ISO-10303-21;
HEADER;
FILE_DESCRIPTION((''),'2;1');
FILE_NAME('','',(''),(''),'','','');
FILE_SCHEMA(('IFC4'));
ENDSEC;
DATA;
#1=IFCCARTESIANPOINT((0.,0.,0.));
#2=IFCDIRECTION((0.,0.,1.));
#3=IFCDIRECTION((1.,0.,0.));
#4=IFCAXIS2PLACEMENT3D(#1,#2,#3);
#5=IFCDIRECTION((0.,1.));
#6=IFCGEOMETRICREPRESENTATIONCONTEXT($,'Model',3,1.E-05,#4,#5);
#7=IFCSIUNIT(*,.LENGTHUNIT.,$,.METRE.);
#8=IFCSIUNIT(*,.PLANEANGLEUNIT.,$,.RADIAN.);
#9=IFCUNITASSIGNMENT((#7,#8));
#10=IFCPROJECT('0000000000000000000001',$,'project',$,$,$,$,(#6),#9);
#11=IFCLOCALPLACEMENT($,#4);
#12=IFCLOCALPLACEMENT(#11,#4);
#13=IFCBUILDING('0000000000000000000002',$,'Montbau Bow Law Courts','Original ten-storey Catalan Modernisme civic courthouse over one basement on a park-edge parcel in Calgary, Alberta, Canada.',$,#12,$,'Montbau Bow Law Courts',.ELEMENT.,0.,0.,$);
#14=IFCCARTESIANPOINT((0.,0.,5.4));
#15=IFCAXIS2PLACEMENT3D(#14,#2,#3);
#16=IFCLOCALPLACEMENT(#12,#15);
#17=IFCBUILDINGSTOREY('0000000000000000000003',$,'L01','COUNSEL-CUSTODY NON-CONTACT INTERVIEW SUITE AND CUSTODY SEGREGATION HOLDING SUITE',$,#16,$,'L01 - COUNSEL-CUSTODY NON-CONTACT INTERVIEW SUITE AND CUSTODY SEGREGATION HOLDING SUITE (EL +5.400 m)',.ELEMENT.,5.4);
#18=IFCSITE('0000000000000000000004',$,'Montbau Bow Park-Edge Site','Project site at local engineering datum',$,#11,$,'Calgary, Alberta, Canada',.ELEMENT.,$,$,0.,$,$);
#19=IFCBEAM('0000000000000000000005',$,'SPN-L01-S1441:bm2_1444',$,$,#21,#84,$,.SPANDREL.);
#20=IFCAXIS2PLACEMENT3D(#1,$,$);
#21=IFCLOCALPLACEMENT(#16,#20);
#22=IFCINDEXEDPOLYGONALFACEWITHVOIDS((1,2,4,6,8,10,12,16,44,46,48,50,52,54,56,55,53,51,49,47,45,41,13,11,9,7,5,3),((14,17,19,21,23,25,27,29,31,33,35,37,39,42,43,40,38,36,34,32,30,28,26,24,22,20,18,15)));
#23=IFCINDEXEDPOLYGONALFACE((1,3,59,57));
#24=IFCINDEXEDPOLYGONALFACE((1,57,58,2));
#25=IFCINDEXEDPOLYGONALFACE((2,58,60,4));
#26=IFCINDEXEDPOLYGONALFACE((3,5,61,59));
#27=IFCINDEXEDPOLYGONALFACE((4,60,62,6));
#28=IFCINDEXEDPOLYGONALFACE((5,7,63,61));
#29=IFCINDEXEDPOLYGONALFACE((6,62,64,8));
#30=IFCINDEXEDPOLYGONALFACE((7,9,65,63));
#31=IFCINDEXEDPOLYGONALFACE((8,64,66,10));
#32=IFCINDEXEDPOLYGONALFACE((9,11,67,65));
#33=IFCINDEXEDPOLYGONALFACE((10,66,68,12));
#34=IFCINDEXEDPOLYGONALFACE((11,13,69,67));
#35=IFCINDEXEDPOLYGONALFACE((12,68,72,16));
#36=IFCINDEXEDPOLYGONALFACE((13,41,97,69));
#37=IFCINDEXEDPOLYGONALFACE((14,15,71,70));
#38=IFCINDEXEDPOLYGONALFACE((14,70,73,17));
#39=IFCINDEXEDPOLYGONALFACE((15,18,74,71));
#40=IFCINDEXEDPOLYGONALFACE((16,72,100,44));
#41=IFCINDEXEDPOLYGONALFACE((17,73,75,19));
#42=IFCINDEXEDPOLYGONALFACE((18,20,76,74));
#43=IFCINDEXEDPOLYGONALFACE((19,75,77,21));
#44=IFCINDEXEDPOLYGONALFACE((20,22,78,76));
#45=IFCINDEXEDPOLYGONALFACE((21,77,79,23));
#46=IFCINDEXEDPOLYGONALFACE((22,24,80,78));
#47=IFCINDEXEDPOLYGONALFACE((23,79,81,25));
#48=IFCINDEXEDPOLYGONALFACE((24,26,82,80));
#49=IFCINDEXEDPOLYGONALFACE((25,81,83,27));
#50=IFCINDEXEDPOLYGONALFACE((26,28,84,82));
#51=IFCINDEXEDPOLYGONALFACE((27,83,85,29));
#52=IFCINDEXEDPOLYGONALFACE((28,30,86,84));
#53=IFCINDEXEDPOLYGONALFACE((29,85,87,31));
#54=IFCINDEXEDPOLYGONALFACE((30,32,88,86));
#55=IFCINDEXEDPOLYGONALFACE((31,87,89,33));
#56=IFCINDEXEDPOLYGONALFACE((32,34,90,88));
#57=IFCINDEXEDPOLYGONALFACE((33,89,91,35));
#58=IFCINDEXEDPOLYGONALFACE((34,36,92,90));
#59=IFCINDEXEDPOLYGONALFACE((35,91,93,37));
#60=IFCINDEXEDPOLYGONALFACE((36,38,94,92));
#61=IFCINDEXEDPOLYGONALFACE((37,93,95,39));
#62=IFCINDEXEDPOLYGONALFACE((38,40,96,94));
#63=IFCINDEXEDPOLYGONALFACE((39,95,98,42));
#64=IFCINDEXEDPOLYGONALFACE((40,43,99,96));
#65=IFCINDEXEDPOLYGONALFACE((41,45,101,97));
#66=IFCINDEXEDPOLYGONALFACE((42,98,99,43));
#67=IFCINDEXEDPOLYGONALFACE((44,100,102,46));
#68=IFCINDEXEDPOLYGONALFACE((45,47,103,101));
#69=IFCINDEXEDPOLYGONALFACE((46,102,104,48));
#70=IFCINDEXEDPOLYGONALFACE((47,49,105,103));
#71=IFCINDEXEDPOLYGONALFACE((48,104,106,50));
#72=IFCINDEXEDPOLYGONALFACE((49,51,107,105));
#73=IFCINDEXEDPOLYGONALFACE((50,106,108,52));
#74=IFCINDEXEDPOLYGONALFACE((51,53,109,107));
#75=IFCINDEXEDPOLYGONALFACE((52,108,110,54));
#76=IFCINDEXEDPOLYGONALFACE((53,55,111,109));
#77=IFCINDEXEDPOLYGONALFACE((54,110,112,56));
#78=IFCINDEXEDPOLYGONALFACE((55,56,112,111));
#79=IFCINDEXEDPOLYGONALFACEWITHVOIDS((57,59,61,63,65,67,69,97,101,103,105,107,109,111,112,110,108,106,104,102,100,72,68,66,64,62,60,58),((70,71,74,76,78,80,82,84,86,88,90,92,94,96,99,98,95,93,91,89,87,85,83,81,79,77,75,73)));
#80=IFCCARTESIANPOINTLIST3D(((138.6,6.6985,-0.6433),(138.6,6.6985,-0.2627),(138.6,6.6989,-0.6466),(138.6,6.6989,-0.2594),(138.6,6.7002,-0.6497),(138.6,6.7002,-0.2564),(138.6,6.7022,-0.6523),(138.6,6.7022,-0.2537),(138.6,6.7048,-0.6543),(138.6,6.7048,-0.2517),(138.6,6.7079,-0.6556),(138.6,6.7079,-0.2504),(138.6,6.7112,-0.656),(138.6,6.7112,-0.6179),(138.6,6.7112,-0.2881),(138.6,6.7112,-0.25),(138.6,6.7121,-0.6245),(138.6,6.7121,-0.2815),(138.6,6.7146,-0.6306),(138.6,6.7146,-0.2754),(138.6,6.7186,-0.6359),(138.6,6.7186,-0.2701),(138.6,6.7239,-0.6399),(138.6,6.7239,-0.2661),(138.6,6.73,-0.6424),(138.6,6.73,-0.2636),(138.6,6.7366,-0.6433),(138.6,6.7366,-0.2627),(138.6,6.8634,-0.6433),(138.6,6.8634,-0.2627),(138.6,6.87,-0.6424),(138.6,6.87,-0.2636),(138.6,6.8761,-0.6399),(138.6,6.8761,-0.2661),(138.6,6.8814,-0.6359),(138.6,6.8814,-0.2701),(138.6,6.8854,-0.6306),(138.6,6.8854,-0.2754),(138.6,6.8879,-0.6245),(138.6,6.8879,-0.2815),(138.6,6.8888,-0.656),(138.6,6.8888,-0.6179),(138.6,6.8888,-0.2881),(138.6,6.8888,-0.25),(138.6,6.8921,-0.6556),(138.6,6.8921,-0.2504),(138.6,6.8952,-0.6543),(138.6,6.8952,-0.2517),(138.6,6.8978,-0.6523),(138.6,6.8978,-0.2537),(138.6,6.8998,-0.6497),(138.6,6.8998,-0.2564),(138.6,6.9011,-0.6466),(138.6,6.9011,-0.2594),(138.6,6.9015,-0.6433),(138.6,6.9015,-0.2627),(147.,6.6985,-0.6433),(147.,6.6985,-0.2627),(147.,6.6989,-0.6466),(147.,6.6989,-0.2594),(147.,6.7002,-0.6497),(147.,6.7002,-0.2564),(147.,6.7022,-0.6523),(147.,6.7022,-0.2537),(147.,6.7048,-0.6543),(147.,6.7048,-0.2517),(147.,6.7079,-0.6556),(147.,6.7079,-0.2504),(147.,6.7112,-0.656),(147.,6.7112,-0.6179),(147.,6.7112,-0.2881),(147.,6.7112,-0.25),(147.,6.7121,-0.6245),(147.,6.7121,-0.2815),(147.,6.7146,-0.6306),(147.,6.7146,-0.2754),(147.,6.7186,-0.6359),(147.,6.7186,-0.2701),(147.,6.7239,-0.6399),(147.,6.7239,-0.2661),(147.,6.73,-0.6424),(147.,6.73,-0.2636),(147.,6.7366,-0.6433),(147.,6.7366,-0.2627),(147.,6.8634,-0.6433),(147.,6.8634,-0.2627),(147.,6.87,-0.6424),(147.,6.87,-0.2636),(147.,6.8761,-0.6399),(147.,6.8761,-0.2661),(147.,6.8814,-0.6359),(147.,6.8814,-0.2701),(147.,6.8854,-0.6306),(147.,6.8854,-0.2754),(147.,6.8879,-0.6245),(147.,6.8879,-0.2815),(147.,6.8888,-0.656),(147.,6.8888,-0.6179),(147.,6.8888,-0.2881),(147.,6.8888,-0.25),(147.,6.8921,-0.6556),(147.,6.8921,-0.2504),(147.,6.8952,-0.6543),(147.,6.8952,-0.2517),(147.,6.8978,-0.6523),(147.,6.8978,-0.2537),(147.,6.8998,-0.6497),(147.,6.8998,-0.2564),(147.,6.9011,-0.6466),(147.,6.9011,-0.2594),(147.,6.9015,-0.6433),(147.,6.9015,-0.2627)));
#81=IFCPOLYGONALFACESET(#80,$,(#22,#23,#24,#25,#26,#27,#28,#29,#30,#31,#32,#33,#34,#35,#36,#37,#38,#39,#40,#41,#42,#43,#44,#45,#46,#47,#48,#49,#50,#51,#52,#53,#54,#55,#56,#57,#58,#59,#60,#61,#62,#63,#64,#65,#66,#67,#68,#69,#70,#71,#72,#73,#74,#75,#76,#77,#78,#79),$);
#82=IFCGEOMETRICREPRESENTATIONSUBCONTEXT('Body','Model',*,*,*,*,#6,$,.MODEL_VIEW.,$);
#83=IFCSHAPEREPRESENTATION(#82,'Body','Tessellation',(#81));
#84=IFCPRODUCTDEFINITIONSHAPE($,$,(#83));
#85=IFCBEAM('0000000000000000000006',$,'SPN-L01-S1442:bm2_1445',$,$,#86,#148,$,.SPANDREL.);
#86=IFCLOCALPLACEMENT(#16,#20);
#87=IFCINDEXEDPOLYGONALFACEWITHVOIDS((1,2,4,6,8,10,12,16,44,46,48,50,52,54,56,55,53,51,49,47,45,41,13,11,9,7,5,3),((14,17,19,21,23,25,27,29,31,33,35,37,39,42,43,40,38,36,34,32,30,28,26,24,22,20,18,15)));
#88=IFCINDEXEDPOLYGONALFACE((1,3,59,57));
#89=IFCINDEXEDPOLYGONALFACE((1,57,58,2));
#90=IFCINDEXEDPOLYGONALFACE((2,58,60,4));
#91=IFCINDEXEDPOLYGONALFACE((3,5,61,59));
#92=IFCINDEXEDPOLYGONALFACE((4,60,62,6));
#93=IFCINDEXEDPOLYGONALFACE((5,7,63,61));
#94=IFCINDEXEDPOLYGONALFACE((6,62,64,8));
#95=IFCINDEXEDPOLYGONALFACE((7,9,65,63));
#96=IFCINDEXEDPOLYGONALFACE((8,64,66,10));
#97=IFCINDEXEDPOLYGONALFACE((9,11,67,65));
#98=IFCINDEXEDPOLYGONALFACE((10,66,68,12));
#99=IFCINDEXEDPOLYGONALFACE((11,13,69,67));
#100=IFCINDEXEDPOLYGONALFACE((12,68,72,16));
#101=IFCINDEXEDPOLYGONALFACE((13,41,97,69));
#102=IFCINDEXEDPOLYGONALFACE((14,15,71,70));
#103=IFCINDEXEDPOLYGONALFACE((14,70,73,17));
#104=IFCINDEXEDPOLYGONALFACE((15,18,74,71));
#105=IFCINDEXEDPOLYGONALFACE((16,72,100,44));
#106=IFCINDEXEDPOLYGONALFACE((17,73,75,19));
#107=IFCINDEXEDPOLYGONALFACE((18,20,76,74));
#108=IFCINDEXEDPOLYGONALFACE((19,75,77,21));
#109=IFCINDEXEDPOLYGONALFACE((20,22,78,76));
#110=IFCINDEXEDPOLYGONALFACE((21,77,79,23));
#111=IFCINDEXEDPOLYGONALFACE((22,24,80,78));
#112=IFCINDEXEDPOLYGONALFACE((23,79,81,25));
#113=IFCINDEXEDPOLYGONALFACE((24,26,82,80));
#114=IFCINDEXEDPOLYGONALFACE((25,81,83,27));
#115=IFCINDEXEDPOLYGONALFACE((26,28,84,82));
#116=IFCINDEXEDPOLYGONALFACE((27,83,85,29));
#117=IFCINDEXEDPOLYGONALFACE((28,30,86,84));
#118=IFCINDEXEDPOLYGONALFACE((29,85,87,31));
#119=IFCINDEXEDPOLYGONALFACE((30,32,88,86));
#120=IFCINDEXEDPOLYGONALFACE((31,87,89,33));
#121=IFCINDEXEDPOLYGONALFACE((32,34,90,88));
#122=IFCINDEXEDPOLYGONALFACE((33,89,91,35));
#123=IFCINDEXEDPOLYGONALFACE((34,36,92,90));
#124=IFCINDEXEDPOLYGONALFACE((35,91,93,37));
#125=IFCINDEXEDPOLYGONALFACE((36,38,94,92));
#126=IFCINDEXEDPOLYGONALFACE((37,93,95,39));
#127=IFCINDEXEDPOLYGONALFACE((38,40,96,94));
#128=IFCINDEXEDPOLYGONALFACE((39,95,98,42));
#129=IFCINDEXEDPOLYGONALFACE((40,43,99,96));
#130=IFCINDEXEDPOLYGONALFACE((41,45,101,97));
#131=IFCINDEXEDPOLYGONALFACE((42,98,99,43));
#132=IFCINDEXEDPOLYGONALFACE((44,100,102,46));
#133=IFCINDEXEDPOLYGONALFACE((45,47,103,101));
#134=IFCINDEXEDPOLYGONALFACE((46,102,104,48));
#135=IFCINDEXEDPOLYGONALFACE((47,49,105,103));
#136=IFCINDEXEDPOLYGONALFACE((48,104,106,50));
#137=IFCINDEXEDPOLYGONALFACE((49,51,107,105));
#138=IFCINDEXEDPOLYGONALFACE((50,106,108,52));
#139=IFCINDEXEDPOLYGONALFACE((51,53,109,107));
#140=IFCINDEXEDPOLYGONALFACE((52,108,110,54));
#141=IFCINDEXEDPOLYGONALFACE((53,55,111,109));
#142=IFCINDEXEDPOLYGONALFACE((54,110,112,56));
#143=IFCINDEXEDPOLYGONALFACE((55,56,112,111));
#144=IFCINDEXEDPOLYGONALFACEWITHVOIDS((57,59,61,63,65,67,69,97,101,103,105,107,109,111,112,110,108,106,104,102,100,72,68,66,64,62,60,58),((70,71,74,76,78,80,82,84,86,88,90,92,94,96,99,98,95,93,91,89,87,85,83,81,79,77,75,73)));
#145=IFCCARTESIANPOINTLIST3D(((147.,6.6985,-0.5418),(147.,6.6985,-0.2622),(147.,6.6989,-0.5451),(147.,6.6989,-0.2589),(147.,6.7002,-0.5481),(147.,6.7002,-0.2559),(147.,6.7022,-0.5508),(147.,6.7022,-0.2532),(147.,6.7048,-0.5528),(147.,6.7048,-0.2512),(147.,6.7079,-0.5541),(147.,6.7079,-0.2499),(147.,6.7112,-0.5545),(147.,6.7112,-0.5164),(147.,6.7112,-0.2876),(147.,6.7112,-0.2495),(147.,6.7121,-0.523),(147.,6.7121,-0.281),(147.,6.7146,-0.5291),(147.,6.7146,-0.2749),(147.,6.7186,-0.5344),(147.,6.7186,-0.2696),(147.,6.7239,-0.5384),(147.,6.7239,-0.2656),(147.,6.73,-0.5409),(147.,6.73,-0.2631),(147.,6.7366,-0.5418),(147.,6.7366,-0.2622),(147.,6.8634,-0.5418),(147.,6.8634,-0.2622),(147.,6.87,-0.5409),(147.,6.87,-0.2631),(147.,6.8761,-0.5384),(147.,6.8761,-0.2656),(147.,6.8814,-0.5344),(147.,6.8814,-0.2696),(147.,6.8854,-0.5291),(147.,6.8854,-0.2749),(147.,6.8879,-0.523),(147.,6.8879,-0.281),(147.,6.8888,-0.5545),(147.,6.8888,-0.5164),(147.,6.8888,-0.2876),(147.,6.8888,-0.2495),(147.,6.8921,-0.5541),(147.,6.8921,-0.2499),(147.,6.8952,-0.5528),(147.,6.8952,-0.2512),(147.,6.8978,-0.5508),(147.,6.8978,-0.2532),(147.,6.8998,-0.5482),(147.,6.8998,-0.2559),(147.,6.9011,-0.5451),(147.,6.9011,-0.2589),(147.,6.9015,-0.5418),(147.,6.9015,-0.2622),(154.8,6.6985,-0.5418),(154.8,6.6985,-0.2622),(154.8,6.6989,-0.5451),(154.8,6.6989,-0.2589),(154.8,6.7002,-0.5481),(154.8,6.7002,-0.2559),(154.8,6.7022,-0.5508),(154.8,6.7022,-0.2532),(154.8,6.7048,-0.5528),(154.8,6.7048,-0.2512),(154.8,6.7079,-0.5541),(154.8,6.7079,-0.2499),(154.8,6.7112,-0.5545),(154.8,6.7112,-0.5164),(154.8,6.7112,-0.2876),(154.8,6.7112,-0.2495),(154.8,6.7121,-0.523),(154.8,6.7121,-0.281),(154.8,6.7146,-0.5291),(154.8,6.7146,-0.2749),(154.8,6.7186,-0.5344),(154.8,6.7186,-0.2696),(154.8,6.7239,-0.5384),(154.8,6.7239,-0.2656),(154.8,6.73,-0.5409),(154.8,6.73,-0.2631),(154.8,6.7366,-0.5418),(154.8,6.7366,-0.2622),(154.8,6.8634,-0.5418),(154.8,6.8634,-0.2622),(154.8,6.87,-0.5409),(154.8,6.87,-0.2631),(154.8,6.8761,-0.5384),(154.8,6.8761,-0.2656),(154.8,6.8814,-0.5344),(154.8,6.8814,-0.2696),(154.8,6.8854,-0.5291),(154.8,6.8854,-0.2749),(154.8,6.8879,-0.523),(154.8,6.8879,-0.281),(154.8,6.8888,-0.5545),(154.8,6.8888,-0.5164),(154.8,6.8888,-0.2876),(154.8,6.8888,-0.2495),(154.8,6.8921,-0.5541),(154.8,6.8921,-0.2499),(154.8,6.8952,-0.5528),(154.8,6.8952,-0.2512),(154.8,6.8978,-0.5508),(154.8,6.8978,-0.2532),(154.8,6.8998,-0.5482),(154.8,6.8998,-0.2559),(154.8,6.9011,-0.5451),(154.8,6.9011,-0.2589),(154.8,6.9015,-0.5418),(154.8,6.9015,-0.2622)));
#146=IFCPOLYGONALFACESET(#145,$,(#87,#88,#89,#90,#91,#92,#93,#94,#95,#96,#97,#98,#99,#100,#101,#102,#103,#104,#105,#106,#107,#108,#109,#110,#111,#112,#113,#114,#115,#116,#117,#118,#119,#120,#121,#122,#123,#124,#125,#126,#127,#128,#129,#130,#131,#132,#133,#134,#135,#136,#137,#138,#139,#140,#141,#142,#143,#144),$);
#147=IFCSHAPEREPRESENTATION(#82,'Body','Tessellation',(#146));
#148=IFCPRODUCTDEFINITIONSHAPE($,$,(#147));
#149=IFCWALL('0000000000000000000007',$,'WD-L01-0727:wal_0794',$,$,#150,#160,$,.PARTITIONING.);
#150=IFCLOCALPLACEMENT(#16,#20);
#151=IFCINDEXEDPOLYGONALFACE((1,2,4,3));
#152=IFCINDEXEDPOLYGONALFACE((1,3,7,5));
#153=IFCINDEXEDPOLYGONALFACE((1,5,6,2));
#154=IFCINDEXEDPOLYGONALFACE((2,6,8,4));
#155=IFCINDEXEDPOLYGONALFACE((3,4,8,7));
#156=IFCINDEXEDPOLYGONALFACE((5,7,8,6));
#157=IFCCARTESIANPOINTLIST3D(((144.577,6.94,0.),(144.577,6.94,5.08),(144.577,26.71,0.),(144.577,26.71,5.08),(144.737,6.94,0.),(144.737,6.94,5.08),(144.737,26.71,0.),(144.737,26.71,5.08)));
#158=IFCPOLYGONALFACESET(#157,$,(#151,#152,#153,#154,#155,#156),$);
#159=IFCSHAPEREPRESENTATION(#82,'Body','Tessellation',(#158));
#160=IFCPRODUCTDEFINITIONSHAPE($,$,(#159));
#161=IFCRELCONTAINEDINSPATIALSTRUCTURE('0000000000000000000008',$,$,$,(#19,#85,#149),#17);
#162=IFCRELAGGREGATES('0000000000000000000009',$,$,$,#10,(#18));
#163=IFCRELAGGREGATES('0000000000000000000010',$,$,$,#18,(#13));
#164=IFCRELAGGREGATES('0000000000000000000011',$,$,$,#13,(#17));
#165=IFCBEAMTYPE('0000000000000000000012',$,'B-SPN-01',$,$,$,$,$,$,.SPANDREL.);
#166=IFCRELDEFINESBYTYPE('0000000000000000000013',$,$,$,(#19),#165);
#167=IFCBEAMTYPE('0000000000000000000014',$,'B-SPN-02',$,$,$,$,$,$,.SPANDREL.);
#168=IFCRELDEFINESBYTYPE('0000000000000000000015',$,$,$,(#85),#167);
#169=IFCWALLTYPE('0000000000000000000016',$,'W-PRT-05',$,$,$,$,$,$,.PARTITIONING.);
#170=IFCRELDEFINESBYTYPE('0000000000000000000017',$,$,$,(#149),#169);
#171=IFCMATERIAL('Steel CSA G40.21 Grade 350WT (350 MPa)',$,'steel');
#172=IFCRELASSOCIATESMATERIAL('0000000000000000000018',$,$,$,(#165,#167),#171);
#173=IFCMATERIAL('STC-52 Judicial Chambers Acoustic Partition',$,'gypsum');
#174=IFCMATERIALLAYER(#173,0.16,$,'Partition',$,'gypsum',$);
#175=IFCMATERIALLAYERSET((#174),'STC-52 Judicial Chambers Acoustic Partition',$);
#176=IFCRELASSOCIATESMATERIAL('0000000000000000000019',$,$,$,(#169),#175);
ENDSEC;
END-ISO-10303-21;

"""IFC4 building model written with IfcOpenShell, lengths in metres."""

from ifc_helpers import new_model, si_unit, direction, frame, frame_2d, origin_with_axes, origin_2d_with_axis, place, context, subcontext, project, spatial, rectangle, hollow_rectangle, extrude, material, layer, layer_set, material_profile, profile_set, type_object, element, save


model = new_model("IFC4")

# Units and contexts
model_context = context("Model", 3, precision=1e-05, world=origin_with_axes(), true_north=direction((0.0, 1.0)))
body_context = subcontext(model_context, "Body", "Model", "MODEL_VIEW")
ifc_project = project(units=[si_unit("LENGTHUNIT", "METRE"), si_unit("PLANEANGLEUNIT", "RADIAN")], contexts=[model_context])

# Site, building, storey
site_placement = place(None, origin_with_axes())
site = spatial("IfcSite", under=ifc_project, at=site_placement, Name="Montbau Bow Park-Edge Site", Description="Project site at local engineering datum", LongName="Calgary, Alberta, Canada", CompositionType="ELEMENT", RefElevation=0.0)
building_placement = place(site_placement, origin_with_axes())
building = spatial("IfcBuilding", under=site, at=building_placement, Name="Montbau Bow Law Courts", Description="Original ten-storey Catalan Modernisme civic courthouse over one basement on a park-edge parcel in Calgary, Alberta, Canada.", LongName="Montbau Bow Law Courts", CompositionType="ELEMENT", ElevationOfRefHeight=0.0, ElevationOfTerrain=0.0)
storey_placement = place(building_placement, frame((0.0, 0.0, 5.4), z_axis=(0.0, 0.0, 1.0), x_axis=(1.0, 0.0, 0.0)))
storey = spatial("IfcBuildingStorey", under=building, at=storey_placement, Name="L01", Description="COUNSEL-CUSTODY NON-CONTACT INTERVIEW SUITE AND CUSTODY SEGREGATION HOLDING SUITE", LongName="L01 - COUNSEL-CUSTODY NON-CONTACT INTERVIEW SUITE AND CUSTODY SEGREGATION HOLDING SUITE (EL +5.400 m)", CompositionType="ELEMENT", Elevation=5.4)

# Shared definitions
ifc_material_1 = material(Name="Steel CSA G40.21 Grade 350WT (350 MPa)", Category="steel")

# Beams
ifc_material_profile_1 = material_profile(ifc_material_1, hollow_rectangle(XDim=0.203, YDim=0.406, WallThickness=0.0127, InnerFilletRadius=0.0254, OuterFilletRadius=0.0127, at=origin_2d_with_axis()), Name="HSS406X203X13", Category="Main", Priority=0)
ifc_profile_set_1 = profile_set([ifc_material_profile_1], Name="Steel CSA G40.21 Grade 350WT (350 MPa)")
beam_type_1 = type_object("IfcBeamType", Name="B-SPN-01", PredefinedType="SPANDREL", material=ifc_profile_set_1)
beam_1_placement = place(None, frame((138.6, 6.8, 4.947), z_axis=(1.0, 0.0, 0.0), x_axis=(0.0, 1.0, 0.0)))
element("IfcBeam", 1, at=beam_1_placement, inside=storey, type_object=beam_type_1, Name="SPN-L01-S1441:bm2_1444", PredefinedType="SPANDREL", context=body_context, shape_type="SweptSolid", body=[
    extrude(hollow_rectangle(XDim=0.203, YDim=0.406, WallThickness=0.0127, InnerFilletRadius=0.0254, OuterFilletRadius=0.0127, at=origin_2d_with_axis()), origin_with_axes(), (0.0, 0.0, 1.0), 8.4),
])
ifc_material_profile_2 = material_profile(ifc_material_1, hollow_rectangle(XDim=0.203, YDim=0.305, WallThickness=0.0127, InnerFilletRadius=0.0254, OuterFilletRadius=0.0127, at=origin_2d_with_axis()), Name="HSS305X203X13", Category="Main", Priority=0)
ifc_profile_set_2 = profile_set([ifc_material_profile_2], Name="Steel CSA G40.21 Grade 350WT (350 MPa)")
beam_type_2 = type_object("IfcBeamType", Name="B-SPN-02", PredefinedType="SPANDREL", material=ifc_profile_set_2)
beam_2_placement = place(None, frame((147.0, 6.8, 4.998), z_axis=(1.0, 0.0, 0.0), x_axis=(0.0, 1.0, 0.0)))
element("IfcBeam", 2, at=beam_2_placement, inside=storey, type_object=beam_type_2, Name="SPN-L01-S1442:bm2_1445", PredefinedType="SPANDREL", context=body_context, shape_type="SweptSolid", body=[
    extrude(hollow_rectangle(XDim=0.203, YDim=0.305, WallThickness=0.0127, InnerFilletRadius=0.0254, OuterFilletRadius=0.0127, at=origin_2d_with_axis()), origin_with_axes(), (0.0, 0.0, 1.0), 7.8),
])

# Wall
ifc_material_2 = material(Name="STC-52 Judicial Chambers Acoustic Partition", Category="gypsum")
ifc_layer = layer(ifc_material_2, 0.16, Name="Partition", Category="gypsum")
ifc_layer_set = layer_set([ifc_layer], Name="STC-52 Judicial Chambers Acoustic Partition")
wall_type = type_object("IfcWallType", Name="W-PRT-05", PredefinedType="PARTITIONING", material=ifc_layer_set)
wall_placement = place(None, frame((144.657, 6.94, 5.4), z_axis=(0.0, 0.0, 1.0), x_axis=(0.0, 1.0, 0.0)))
element("IfcWall", 3, at=wall_placement, inside=storey, type_object=wall_type, Name="WD-L01-0727:wal_0794", PredefinedType="PARTITIONING", context=body_context, shape_type="SweptSolid", body=[
    extrude(rectangle(XDim=19.77, YDim=0.16, at=frame_2d((9.885, 0.0), x_axis=(1.0, 0.0))), origin_with_axes(), (0.0, 0.0, 1.0), 5.08),
])

save(model, "model.ifc")
